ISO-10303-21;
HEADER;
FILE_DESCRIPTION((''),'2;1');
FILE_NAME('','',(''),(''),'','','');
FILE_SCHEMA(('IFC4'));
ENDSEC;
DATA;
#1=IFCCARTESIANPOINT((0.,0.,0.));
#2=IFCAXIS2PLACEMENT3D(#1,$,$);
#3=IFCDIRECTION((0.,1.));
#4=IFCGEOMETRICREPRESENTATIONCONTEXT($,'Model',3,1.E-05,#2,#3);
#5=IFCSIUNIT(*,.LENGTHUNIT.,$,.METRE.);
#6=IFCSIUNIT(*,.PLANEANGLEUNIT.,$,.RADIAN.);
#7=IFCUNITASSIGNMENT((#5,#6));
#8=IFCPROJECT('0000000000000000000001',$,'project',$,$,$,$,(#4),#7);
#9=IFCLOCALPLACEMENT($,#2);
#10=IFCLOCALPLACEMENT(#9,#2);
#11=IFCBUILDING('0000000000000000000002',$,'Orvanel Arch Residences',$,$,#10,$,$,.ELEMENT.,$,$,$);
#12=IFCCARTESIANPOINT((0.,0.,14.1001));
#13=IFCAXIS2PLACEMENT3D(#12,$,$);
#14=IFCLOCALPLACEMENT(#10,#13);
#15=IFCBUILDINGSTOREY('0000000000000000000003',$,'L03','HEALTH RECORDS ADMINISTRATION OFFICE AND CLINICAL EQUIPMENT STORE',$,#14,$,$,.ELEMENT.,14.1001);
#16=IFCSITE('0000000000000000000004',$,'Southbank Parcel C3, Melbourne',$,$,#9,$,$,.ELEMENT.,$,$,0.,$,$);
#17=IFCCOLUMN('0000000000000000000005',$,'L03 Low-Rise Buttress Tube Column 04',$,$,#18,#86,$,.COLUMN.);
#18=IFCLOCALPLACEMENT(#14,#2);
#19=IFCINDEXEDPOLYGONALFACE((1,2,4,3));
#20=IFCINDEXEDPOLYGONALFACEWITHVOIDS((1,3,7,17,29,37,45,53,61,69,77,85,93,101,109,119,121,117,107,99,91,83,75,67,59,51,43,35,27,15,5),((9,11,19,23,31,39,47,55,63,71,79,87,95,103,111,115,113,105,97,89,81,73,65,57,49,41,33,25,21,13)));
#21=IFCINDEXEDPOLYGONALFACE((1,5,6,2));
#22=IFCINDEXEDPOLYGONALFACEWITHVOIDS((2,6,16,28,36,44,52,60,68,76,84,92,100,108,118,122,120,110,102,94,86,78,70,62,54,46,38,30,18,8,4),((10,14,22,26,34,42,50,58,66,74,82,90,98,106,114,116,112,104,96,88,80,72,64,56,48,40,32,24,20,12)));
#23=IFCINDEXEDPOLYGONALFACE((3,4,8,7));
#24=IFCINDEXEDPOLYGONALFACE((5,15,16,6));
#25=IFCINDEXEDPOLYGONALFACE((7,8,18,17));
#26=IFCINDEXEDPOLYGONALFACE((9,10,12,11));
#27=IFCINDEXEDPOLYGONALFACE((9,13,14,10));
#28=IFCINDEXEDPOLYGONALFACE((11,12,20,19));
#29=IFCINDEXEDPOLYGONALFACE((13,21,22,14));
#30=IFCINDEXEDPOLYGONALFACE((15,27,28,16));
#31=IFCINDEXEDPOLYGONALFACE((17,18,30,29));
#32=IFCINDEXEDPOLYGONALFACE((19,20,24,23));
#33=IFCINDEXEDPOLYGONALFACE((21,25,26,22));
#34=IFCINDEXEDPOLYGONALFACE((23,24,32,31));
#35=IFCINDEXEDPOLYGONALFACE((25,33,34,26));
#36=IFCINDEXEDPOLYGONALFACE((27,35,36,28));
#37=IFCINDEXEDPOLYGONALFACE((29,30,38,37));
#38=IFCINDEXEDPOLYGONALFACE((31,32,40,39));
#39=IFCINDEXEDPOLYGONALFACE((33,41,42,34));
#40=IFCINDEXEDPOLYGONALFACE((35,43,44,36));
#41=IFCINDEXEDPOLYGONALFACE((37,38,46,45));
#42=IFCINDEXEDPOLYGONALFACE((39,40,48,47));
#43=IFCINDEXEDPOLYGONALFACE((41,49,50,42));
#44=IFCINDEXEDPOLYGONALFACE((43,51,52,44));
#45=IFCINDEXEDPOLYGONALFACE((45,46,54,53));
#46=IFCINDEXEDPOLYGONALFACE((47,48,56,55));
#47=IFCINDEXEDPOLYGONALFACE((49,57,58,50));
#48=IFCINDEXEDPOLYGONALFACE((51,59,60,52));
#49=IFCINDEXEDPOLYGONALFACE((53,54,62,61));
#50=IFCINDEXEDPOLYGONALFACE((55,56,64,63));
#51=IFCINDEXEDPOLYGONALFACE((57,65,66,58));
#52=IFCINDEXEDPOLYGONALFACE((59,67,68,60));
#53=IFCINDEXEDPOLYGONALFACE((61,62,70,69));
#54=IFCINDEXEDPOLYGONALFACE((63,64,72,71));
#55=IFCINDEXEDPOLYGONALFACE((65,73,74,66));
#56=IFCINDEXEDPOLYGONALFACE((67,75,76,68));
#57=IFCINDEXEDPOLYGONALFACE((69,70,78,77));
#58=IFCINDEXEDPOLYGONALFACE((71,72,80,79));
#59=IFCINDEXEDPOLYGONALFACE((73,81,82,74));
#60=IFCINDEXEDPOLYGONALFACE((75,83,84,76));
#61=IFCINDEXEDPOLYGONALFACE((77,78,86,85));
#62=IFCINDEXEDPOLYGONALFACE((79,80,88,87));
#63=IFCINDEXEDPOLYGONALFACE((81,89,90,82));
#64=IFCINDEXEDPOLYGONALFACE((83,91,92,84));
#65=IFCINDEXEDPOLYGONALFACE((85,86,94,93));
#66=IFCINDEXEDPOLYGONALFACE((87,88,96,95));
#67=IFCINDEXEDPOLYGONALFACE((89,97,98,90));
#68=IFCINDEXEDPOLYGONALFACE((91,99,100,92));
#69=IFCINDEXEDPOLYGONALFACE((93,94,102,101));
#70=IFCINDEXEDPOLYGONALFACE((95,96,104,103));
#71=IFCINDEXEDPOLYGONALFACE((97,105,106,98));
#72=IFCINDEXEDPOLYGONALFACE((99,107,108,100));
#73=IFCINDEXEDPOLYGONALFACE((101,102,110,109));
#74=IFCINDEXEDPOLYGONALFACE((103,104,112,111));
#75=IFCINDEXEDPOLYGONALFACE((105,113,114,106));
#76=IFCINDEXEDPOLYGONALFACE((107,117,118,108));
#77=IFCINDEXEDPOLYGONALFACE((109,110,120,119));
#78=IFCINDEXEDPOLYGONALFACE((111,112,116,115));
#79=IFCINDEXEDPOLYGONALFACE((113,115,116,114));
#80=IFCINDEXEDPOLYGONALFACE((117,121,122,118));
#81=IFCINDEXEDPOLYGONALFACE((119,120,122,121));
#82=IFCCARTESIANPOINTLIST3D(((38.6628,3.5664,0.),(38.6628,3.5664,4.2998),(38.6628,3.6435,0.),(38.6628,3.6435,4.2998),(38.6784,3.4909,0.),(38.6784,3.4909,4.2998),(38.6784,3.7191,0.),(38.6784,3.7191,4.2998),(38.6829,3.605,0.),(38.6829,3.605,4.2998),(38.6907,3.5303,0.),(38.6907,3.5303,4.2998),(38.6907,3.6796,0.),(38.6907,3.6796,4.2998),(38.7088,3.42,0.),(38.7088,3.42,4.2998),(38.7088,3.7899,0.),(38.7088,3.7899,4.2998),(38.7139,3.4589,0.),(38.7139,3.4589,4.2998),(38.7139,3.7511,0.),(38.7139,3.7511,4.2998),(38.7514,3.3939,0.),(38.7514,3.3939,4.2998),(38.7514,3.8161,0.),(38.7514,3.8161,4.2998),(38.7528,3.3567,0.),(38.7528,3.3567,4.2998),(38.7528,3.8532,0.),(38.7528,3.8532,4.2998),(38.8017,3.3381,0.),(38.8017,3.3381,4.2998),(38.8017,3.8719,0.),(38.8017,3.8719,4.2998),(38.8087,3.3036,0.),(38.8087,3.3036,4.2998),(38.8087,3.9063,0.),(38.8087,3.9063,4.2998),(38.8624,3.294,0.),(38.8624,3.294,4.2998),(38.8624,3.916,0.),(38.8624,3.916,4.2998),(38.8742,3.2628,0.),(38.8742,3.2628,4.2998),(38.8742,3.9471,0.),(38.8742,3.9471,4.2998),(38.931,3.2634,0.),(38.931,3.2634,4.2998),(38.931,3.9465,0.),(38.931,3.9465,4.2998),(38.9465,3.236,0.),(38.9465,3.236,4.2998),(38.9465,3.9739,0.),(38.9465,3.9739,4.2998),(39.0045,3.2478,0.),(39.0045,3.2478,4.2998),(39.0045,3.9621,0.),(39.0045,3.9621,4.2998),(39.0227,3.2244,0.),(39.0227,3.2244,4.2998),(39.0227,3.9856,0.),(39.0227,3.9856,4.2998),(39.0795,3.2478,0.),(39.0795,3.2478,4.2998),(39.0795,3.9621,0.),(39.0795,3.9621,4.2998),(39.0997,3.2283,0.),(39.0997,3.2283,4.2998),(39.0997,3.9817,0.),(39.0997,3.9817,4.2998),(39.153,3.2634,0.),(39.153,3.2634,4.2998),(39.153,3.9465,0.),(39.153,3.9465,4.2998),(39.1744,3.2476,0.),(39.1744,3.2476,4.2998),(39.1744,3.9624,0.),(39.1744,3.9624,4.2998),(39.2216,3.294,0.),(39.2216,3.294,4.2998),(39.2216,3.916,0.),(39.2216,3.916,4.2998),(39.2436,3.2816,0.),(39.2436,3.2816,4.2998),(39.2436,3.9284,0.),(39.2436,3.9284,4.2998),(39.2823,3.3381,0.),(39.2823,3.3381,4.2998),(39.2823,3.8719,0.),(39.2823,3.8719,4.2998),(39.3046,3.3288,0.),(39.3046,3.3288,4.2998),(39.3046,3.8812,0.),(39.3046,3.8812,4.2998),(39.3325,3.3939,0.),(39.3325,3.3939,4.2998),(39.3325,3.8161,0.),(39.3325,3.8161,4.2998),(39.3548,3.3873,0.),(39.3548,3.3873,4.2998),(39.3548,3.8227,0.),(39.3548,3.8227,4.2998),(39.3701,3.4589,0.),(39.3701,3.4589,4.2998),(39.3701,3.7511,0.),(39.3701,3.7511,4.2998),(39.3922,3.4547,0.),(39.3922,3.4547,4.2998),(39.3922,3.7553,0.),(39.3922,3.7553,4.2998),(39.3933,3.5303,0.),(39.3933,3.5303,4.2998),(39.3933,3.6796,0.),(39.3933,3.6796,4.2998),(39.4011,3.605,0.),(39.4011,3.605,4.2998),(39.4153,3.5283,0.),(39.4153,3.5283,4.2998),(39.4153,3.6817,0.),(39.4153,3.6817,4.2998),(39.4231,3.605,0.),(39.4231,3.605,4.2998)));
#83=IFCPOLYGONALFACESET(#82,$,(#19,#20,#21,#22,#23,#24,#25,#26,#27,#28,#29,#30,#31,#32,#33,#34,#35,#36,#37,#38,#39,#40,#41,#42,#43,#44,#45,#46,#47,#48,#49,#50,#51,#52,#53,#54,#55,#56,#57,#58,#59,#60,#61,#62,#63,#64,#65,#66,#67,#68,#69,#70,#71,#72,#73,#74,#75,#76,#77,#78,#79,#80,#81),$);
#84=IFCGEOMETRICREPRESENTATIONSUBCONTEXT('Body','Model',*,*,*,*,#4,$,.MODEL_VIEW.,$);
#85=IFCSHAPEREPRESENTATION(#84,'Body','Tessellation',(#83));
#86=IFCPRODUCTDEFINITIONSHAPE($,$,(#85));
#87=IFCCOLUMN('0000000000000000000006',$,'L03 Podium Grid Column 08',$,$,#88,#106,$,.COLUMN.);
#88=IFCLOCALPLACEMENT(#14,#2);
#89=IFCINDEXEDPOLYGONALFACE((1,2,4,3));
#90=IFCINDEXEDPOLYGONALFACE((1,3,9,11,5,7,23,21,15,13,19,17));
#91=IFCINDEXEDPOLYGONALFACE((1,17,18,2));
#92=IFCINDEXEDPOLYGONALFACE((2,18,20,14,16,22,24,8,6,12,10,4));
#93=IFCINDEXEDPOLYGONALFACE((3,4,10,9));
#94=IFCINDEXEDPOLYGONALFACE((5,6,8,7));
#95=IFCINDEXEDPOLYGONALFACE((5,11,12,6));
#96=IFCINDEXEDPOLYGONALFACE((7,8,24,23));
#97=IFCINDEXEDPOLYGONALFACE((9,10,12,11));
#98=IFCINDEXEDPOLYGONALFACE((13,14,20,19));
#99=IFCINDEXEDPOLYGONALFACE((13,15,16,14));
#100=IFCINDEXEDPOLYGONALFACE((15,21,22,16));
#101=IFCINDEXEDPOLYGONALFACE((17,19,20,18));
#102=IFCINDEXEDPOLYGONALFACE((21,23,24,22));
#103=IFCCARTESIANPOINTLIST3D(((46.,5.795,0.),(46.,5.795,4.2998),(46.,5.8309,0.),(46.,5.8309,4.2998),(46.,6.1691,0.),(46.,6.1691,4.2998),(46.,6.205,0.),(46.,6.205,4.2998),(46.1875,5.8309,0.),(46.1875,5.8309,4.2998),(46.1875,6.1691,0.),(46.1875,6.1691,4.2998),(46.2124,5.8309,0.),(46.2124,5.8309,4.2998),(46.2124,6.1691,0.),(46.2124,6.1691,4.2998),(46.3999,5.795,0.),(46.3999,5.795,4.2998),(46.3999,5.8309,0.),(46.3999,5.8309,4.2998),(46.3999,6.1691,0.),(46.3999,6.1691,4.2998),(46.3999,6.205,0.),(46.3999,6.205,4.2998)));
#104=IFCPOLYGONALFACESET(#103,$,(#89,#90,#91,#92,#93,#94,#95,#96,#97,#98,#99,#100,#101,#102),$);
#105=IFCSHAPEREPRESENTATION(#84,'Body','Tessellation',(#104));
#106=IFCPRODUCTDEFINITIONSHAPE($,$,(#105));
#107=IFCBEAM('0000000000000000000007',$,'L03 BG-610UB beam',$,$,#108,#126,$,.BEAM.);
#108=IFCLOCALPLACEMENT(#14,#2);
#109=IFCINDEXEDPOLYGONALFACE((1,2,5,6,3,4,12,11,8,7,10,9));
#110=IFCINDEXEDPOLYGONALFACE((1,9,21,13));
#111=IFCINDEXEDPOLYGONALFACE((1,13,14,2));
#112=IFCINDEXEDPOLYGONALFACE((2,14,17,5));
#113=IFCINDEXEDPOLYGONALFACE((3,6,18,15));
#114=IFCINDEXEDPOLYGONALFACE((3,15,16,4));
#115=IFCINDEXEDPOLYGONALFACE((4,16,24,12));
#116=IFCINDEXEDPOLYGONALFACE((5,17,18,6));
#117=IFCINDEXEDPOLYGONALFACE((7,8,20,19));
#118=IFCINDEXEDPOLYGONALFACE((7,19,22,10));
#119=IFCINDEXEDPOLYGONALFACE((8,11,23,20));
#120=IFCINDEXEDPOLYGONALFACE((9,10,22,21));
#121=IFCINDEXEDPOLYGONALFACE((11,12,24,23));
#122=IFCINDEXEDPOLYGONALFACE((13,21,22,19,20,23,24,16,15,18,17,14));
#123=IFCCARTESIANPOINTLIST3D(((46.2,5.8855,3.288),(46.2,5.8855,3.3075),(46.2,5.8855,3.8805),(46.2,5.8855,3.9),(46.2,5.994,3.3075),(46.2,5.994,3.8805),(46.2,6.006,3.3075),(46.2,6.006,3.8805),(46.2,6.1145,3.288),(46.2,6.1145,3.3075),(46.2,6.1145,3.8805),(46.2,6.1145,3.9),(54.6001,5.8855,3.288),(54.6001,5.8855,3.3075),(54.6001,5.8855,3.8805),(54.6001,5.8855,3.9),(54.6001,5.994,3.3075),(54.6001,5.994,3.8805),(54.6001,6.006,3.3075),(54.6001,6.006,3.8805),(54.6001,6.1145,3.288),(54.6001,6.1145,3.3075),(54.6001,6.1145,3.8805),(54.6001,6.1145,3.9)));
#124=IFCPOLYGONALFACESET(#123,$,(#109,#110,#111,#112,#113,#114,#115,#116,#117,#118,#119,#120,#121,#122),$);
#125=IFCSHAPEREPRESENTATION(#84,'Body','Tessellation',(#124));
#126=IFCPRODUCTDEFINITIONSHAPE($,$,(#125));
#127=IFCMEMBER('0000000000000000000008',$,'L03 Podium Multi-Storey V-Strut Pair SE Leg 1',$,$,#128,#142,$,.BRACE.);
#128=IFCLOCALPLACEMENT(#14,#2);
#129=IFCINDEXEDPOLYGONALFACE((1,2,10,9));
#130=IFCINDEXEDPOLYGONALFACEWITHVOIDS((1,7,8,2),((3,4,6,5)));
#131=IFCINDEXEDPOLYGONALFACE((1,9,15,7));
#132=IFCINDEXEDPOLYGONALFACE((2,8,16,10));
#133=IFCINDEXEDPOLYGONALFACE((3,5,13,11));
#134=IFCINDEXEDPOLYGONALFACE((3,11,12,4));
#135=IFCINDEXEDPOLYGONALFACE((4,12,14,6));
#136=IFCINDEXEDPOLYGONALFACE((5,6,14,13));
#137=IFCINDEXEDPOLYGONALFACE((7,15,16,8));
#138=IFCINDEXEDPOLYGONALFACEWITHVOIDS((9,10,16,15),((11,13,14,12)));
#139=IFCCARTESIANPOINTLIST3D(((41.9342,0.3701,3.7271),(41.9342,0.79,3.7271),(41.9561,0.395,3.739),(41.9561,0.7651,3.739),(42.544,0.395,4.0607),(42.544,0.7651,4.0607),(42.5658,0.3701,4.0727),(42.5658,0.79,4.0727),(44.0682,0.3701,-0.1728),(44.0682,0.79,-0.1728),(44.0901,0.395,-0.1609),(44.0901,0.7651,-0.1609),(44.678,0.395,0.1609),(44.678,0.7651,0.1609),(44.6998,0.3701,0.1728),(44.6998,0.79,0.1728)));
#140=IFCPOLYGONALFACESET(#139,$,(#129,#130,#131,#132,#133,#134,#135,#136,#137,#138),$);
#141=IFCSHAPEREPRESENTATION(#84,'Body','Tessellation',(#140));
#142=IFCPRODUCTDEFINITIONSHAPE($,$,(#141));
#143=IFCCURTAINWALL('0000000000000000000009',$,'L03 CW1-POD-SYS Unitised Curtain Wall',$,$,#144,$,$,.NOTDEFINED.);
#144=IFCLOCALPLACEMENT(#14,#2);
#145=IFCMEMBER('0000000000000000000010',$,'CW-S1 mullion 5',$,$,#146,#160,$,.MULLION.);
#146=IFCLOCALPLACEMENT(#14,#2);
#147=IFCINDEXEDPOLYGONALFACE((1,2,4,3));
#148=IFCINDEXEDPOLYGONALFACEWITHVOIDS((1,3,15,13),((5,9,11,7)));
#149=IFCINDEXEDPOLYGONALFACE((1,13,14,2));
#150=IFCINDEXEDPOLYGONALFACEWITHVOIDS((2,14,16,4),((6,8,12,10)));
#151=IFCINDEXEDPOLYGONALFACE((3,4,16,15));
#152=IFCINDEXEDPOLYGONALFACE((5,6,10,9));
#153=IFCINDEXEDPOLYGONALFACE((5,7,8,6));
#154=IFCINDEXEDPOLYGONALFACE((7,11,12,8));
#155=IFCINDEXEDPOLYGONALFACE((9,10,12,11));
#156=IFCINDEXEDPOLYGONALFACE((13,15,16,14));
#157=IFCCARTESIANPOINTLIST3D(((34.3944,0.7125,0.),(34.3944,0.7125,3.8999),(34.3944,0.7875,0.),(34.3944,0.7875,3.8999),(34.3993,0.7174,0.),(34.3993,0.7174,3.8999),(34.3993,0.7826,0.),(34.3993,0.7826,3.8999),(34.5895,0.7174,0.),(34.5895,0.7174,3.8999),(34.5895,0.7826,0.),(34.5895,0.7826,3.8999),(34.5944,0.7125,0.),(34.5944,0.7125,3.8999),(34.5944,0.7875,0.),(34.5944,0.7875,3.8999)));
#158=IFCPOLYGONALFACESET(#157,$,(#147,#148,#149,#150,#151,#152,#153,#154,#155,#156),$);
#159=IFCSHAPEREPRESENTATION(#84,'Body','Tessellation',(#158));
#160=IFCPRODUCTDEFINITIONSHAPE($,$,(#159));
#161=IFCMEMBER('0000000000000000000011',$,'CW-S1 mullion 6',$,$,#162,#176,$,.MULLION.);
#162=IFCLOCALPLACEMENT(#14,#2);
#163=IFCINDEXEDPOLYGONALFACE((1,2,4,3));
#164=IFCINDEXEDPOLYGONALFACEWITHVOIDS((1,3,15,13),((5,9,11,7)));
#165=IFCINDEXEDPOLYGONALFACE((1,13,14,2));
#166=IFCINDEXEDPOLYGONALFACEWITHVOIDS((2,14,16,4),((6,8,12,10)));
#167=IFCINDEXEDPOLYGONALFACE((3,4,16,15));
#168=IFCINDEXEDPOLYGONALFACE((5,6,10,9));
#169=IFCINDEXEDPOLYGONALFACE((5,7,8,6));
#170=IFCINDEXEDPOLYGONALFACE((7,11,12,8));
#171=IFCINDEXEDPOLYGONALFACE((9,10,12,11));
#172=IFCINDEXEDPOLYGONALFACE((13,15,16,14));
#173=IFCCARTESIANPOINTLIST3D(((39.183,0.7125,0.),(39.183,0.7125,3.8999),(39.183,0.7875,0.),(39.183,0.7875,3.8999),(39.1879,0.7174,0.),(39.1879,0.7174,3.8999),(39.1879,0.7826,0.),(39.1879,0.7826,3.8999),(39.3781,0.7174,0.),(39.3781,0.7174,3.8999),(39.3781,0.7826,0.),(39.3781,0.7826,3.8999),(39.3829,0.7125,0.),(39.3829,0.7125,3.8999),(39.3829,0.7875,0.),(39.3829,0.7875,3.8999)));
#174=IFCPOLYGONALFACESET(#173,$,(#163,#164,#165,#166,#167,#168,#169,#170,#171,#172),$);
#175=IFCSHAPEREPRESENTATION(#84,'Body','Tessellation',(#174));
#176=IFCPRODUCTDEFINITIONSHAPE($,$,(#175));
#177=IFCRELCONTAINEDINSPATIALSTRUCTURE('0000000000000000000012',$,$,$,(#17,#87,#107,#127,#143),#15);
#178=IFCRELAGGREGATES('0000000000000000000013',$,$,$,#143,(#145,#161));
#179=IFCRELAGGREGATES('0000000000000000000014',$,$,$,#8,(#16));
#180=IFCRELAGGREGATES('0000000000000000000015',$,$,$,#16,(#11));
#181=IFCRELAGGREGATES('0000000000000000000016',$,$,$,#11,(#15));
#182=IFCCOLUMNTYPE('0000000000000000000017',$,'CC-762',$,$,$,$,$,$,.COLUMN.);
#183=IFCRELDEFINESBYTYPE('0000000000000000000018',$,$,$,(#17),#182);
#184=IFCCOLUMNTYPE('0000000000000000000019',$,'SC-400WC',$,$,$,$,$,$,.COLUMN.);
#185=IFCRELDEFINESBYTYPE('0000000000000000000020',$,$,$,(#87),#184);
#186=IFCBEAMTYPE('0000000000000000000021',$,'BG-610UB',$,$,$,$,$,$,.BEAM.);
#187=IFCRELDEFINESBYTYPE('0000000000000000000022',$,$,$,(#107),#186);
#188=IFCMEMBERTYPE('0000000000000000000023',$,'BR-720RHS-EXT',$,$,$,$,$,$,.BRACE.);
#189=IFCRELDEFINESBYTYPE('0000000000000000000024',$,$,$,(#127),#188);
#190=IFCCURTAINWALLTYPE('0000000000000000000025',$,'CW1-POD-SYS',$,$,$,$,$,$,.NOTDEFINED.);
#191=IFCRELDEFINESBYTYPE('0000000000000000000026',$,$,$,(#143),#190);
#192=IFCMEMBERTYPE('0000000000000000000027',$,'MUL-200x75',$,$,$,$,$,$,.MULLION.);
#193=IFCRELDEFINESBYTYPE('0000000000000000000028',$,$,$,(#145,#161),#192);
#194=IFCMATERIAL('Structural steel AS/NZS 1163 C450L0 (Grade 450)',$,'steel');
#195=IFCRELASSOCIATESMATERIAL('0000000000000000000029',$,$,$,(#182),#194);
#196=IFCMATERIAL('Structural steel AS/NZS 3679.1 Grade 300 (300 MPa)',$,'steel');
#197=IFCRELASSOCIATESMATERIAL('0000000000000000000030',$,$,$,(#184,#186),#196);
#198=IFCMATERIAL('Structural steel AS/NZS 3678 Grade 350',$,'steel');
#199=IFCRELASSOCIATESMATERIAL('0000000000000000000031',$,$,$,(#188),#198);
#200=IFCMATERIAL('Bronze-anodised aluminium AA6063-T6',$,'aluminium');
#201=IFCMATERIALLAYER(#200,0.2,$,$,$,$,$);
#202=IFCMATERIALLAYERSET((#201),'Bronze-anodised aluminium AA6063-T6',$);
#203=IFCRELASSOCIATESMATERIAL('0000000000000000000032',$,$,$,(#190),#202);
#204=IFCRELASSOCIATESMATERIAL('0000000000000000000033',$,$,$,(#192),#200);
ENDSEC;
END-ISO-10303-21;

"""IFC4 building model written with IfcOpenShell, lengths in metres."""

from ifc_helpers import new_model, si_unit, direction, frame, origin, origin_2d, place, context, subcontext, project, spatial, hollow_rectangle, hollow_circle, i_section, extrude, material, layer, layer_set, material_profile, profile_set, type_object, element, aggregate, save


model = new_model("IFC4")

# Units and contexts
model_context = context("Model", 3, precision=1e-05, world=origin(), true_north=direction((0.0, 1.0)))
body_context = subcontext(model_context, "Body", "Model", "MODEL_VIEW")
ifc_project = project(units=[si_unit("LENGTHUNIT", "METRE"), si_unit("PLANEANGLEUNIT", "RADIAN")], contexts=[model_context])

# Site, building, storey
site_placement = place(None, origin())
site = spatial("IfcSite", under=ifc_project, at=site_placement, Name="Southbank Parcel C3, Melbourne", CompositionType="ELEMENT", RefElevation=0.0)
building_placement = place(site_placement, origin())
building = spatial("IfcBuilding", under=site, at=building_placement, Name="Orvanel Arch Residences", CompositionType="ELEMENT")
storey_placement = place(building_placement, frame((0.0, 0.0, 14.1001)))
storey = spatial("IfcBuildingStorey", under=building, at=storey_placement, Name="L03", Description="HEALTH RECORDS ADMINISTRATION OFFICE AND CLINICAL EQUIPMENT STORE", CompositionType="ELEMENT", Elevation=14.1001)

# Columns
ifc_material_1 = material(Name="Structural steel AS/NZS 1163 C450L0 (Grade 450)", Category="steel")
ifc_material_profile_1 = material_profile(ifc_material_1, hollow_circle(Radius=0.3811, WallThickness=0.022, at=origin_2d()), Name="CHS762x22")
ifc_profile_set_1 = profile_set([ifc_material_profile_1], Name="Structural steel AS/NZS 1163 C450L0 (Grade 450)")
column_type_1 = type_object("IfcColumnType", Name="CC-762", PredefinedType="COLUMN", material=ifc_profile_set_1)
column_1_placement = place(storey_placement, frame((39.042, 3.605, 0.0), z_axis=(0.0, 0.0, 1.0), x_axis=(1.0, 0.0, 0.0)))
element("IfcColumn", 1, at=column_1_placement, inside=storey, type_object=column_type_1, Name="L03 Low-Rise Buttress Tube Column 04", PredefinedType="COLUMN", context=body_context, shape_type="SweptSolid", body=[
    extrude(hollow_circle(Radius=0.3811, WallThickness=0.022, at=origin_2d()), origin(), (0.0, 0.0, 1.0), 4.2998),
])
ifc_material_2 = material(Name="Structural steel AS/NZS 3679.1 Grade 300 (300 MPa)", Category="steel")
ifc_material_profile_2 = material_profile(ifc_material_2, i_section(OverallWidth=0.3999, OverallDepth=0.4099, WebThickness=0.0249, FlangeThickness=0.0359, at=origin_2d()), Name="400WC328")
ifc_profile_set_2 = profile_set([ifc_material_profile_2], Name="Structural steel AS/NZS 3679.1 Grade 300 (300 MPa)")
column_type_2 = type_object("IfcColumnType", Name="SC-400WC", PredefinedType="COLUMN", material=ifc_profile_set_2)
column_2_placement = place(storey_placement, frame((46.2, 6.0, 0.0), z_axis=(0.0, 0.0, 1.0), x_axis=(1.0, 0.0, 0.0)))
element("IfcColumn", 2, at=column_2_placement, inside=storey, type_object=column_type_2, Name="L03 Podium Grid Column 08", PredefinedType="COLUMN", context=body_context, shape_type="SweptSolid", body=[
    extrude(i_section(OverallWidth=0.3999, OverallDepth=0.4099, WebThickness=0.0249, FlangeThickness=0.0359, at=origin_2d()), origin(), (0.0, 0.0, 1.0), 4.2998),
])

# Beam
ifc_material_profile_3 = material_profile(ifc_material_2, i_section(OverallWidth=0.229, OverallDepth=0.6121, WebThickness=0.012, FlangeThickness=0.0195, at=origin_2d()), Name="610UB125")
ifc_profile_set_3 = profile_set([ifc_material_profile_3], Name="Structural steel AS/NZS 3679.1 Grade 300 (300 MPa)")
beam_type_1 = type_object("IfcBeamType", Name="BG-610UB", PredefinedType="BEAM", material=ifc_profile_set_3)
beam_1_placement = place(storey_placement, frame((46.2, 6.0, 3.594), z_axis=(1.0, 0.0, 0.0), x_axis=(0.0, 1.0, 0.0)))
element("IfcBeam", 3, at=beam_1_placement, inside=storey, type_object=beam_type_1, Name="L03 BG-610UB beam", PredefinedType="BEAM", context=body_context, shape_type="SweptSolid", body=[
    extrude(i_section(OverallWidth=0.229, OverallDepth=0.6121, WebThickness=0.012, FlangeThickness=0.0195, at=origin_2d()), origin(), (0.0, 0.0, 1.0), 8.4001),
])

# Member
ifc_material_3 = material(Name="Structural steel AS/NZS 3678 Grade 350", Category="steel")
ifc_material_profile_4 = material_profile(ifc_material_3, hollow_rectangle(XDim=0.4199, YDim=0.72, WallThickness=0.0249, at=origin_2d()), Name="RHS720x420x25")
ifc_profile_set_4 = profile_set([ifc_material_profile_4], Name="Structural steel AS/NZS 3678 Grade 350")
member_type_1 = type_object("IfcMemberType", Name="BR-720RHS-EXT", PredefinedType="BRACE", material=ifc_profile_set_4)
member_1_placement = place(storey_placement, frame((44.384, 0.5801, 0.0), z_axis=(-0.480033, 0.0, 0.87725), x_axis=(0.0, -1.0, 0.0)))
element("IfcMember", 4, at=member_1_placement, inside=storey, type_object=member_type_1, Name="L03 Podium Multi-Storey V-Strut Pair SE Leg 1", PredefinedType="BRACE", context=body_context, shape_type="SweptSolid", body=[
    extrude(hollow_rectangle(XDim=0.4199, YDim=0.72, WallThickness=0.0249, at=origin_2d()), origin(), (0.0, 0.0, 1.0), 4.4456),
])

# Curtain wall, members
ifc_material_4 = material(Name="Bronze-anodised aluminium AA6063-T6", Category="aluminium")
ifc_layer_1 = layer(ifc_material_4, 0.2)
ifc_layer_set_1 = layer_set([ifc_layer_1], Name="Bronze-anodised aluminium AA6063-T6")
curtain_wall_type = type_object("IfcCurtainWallType", Name="CW1-POD-SYS", PredefinedType="NOTDEFINED", material=ifc_layer_set_1)
curtain_wall_placement = place(storey_placement, origin())
curtain_wall = element("IfcCurtainWall", 5, at=curtain_wall_placement, inside=storey, type_object=curtain_wall_type, Name="L03 CW1-POD-SYS Unitised Curtain Wall", PredefinedType="NOTDEFINED")
ifc_material_profile_5 = material_profile(ifc_material_4, hollow_rectangle(XDim=0.075, YDim=0.2, WallThickness=0.0049, at=origin_2d()), Name="ALU200x75x5")
ifc_profile_set_5 = profile_set([ifc_material_profile_5], Name="Bronze-anodised aluminium AA6063-T6")
member_type_2 = type_object("IfcMemberType", Name="MUL-200x75", PredefinedType="MULLION", material=ifc_profile_set_5)
member_2_placement = place(storey_placement, frame((34.4944, 0.75, 0.0), z_axis=(0.0, 0.0, 1.0), x_axis=(0.0, 1.0, 0.0)))
member_2 = element("IfcMember", 6, at=member_2_placement, type_object=member_type_2, Name="CW-S1 mullion 5", PredefinedType="MULLION", context=body_context, shape_type="SweptSolid", body=[
    extrude(hollow_rectangle(XDim=0.075, YDim=0.2, WallThickness=0.0049, at=origin_2d()), origin(), (0.0, 0.0, 1.0), 3.8999),
])
member_3_placement = place(storey_placement, frame((39.283, 0.75, 0.0), z_axis=(0.0, 0.0, 1.0), x_axis=(0.0, 1.0, 0.0)))
member_3 = element("IfcMember", 7, at=member_3_placement, type_object=member_type_2, Name="CW-S1 mullion 6", PredefinedType="MULLION", context=body_context, shape_type="SweptSolid", body=[
    extrude(hollow_rectangle(XDim=0.075, YDim=0.2, WallThickness=0.0049, at=origin_2d()), origin(), (0.0, 0.0, 1.0), 3.8999),
])

aggregate(curtain_wall, [member_2, member_3])

save(model, "model.ifc")
